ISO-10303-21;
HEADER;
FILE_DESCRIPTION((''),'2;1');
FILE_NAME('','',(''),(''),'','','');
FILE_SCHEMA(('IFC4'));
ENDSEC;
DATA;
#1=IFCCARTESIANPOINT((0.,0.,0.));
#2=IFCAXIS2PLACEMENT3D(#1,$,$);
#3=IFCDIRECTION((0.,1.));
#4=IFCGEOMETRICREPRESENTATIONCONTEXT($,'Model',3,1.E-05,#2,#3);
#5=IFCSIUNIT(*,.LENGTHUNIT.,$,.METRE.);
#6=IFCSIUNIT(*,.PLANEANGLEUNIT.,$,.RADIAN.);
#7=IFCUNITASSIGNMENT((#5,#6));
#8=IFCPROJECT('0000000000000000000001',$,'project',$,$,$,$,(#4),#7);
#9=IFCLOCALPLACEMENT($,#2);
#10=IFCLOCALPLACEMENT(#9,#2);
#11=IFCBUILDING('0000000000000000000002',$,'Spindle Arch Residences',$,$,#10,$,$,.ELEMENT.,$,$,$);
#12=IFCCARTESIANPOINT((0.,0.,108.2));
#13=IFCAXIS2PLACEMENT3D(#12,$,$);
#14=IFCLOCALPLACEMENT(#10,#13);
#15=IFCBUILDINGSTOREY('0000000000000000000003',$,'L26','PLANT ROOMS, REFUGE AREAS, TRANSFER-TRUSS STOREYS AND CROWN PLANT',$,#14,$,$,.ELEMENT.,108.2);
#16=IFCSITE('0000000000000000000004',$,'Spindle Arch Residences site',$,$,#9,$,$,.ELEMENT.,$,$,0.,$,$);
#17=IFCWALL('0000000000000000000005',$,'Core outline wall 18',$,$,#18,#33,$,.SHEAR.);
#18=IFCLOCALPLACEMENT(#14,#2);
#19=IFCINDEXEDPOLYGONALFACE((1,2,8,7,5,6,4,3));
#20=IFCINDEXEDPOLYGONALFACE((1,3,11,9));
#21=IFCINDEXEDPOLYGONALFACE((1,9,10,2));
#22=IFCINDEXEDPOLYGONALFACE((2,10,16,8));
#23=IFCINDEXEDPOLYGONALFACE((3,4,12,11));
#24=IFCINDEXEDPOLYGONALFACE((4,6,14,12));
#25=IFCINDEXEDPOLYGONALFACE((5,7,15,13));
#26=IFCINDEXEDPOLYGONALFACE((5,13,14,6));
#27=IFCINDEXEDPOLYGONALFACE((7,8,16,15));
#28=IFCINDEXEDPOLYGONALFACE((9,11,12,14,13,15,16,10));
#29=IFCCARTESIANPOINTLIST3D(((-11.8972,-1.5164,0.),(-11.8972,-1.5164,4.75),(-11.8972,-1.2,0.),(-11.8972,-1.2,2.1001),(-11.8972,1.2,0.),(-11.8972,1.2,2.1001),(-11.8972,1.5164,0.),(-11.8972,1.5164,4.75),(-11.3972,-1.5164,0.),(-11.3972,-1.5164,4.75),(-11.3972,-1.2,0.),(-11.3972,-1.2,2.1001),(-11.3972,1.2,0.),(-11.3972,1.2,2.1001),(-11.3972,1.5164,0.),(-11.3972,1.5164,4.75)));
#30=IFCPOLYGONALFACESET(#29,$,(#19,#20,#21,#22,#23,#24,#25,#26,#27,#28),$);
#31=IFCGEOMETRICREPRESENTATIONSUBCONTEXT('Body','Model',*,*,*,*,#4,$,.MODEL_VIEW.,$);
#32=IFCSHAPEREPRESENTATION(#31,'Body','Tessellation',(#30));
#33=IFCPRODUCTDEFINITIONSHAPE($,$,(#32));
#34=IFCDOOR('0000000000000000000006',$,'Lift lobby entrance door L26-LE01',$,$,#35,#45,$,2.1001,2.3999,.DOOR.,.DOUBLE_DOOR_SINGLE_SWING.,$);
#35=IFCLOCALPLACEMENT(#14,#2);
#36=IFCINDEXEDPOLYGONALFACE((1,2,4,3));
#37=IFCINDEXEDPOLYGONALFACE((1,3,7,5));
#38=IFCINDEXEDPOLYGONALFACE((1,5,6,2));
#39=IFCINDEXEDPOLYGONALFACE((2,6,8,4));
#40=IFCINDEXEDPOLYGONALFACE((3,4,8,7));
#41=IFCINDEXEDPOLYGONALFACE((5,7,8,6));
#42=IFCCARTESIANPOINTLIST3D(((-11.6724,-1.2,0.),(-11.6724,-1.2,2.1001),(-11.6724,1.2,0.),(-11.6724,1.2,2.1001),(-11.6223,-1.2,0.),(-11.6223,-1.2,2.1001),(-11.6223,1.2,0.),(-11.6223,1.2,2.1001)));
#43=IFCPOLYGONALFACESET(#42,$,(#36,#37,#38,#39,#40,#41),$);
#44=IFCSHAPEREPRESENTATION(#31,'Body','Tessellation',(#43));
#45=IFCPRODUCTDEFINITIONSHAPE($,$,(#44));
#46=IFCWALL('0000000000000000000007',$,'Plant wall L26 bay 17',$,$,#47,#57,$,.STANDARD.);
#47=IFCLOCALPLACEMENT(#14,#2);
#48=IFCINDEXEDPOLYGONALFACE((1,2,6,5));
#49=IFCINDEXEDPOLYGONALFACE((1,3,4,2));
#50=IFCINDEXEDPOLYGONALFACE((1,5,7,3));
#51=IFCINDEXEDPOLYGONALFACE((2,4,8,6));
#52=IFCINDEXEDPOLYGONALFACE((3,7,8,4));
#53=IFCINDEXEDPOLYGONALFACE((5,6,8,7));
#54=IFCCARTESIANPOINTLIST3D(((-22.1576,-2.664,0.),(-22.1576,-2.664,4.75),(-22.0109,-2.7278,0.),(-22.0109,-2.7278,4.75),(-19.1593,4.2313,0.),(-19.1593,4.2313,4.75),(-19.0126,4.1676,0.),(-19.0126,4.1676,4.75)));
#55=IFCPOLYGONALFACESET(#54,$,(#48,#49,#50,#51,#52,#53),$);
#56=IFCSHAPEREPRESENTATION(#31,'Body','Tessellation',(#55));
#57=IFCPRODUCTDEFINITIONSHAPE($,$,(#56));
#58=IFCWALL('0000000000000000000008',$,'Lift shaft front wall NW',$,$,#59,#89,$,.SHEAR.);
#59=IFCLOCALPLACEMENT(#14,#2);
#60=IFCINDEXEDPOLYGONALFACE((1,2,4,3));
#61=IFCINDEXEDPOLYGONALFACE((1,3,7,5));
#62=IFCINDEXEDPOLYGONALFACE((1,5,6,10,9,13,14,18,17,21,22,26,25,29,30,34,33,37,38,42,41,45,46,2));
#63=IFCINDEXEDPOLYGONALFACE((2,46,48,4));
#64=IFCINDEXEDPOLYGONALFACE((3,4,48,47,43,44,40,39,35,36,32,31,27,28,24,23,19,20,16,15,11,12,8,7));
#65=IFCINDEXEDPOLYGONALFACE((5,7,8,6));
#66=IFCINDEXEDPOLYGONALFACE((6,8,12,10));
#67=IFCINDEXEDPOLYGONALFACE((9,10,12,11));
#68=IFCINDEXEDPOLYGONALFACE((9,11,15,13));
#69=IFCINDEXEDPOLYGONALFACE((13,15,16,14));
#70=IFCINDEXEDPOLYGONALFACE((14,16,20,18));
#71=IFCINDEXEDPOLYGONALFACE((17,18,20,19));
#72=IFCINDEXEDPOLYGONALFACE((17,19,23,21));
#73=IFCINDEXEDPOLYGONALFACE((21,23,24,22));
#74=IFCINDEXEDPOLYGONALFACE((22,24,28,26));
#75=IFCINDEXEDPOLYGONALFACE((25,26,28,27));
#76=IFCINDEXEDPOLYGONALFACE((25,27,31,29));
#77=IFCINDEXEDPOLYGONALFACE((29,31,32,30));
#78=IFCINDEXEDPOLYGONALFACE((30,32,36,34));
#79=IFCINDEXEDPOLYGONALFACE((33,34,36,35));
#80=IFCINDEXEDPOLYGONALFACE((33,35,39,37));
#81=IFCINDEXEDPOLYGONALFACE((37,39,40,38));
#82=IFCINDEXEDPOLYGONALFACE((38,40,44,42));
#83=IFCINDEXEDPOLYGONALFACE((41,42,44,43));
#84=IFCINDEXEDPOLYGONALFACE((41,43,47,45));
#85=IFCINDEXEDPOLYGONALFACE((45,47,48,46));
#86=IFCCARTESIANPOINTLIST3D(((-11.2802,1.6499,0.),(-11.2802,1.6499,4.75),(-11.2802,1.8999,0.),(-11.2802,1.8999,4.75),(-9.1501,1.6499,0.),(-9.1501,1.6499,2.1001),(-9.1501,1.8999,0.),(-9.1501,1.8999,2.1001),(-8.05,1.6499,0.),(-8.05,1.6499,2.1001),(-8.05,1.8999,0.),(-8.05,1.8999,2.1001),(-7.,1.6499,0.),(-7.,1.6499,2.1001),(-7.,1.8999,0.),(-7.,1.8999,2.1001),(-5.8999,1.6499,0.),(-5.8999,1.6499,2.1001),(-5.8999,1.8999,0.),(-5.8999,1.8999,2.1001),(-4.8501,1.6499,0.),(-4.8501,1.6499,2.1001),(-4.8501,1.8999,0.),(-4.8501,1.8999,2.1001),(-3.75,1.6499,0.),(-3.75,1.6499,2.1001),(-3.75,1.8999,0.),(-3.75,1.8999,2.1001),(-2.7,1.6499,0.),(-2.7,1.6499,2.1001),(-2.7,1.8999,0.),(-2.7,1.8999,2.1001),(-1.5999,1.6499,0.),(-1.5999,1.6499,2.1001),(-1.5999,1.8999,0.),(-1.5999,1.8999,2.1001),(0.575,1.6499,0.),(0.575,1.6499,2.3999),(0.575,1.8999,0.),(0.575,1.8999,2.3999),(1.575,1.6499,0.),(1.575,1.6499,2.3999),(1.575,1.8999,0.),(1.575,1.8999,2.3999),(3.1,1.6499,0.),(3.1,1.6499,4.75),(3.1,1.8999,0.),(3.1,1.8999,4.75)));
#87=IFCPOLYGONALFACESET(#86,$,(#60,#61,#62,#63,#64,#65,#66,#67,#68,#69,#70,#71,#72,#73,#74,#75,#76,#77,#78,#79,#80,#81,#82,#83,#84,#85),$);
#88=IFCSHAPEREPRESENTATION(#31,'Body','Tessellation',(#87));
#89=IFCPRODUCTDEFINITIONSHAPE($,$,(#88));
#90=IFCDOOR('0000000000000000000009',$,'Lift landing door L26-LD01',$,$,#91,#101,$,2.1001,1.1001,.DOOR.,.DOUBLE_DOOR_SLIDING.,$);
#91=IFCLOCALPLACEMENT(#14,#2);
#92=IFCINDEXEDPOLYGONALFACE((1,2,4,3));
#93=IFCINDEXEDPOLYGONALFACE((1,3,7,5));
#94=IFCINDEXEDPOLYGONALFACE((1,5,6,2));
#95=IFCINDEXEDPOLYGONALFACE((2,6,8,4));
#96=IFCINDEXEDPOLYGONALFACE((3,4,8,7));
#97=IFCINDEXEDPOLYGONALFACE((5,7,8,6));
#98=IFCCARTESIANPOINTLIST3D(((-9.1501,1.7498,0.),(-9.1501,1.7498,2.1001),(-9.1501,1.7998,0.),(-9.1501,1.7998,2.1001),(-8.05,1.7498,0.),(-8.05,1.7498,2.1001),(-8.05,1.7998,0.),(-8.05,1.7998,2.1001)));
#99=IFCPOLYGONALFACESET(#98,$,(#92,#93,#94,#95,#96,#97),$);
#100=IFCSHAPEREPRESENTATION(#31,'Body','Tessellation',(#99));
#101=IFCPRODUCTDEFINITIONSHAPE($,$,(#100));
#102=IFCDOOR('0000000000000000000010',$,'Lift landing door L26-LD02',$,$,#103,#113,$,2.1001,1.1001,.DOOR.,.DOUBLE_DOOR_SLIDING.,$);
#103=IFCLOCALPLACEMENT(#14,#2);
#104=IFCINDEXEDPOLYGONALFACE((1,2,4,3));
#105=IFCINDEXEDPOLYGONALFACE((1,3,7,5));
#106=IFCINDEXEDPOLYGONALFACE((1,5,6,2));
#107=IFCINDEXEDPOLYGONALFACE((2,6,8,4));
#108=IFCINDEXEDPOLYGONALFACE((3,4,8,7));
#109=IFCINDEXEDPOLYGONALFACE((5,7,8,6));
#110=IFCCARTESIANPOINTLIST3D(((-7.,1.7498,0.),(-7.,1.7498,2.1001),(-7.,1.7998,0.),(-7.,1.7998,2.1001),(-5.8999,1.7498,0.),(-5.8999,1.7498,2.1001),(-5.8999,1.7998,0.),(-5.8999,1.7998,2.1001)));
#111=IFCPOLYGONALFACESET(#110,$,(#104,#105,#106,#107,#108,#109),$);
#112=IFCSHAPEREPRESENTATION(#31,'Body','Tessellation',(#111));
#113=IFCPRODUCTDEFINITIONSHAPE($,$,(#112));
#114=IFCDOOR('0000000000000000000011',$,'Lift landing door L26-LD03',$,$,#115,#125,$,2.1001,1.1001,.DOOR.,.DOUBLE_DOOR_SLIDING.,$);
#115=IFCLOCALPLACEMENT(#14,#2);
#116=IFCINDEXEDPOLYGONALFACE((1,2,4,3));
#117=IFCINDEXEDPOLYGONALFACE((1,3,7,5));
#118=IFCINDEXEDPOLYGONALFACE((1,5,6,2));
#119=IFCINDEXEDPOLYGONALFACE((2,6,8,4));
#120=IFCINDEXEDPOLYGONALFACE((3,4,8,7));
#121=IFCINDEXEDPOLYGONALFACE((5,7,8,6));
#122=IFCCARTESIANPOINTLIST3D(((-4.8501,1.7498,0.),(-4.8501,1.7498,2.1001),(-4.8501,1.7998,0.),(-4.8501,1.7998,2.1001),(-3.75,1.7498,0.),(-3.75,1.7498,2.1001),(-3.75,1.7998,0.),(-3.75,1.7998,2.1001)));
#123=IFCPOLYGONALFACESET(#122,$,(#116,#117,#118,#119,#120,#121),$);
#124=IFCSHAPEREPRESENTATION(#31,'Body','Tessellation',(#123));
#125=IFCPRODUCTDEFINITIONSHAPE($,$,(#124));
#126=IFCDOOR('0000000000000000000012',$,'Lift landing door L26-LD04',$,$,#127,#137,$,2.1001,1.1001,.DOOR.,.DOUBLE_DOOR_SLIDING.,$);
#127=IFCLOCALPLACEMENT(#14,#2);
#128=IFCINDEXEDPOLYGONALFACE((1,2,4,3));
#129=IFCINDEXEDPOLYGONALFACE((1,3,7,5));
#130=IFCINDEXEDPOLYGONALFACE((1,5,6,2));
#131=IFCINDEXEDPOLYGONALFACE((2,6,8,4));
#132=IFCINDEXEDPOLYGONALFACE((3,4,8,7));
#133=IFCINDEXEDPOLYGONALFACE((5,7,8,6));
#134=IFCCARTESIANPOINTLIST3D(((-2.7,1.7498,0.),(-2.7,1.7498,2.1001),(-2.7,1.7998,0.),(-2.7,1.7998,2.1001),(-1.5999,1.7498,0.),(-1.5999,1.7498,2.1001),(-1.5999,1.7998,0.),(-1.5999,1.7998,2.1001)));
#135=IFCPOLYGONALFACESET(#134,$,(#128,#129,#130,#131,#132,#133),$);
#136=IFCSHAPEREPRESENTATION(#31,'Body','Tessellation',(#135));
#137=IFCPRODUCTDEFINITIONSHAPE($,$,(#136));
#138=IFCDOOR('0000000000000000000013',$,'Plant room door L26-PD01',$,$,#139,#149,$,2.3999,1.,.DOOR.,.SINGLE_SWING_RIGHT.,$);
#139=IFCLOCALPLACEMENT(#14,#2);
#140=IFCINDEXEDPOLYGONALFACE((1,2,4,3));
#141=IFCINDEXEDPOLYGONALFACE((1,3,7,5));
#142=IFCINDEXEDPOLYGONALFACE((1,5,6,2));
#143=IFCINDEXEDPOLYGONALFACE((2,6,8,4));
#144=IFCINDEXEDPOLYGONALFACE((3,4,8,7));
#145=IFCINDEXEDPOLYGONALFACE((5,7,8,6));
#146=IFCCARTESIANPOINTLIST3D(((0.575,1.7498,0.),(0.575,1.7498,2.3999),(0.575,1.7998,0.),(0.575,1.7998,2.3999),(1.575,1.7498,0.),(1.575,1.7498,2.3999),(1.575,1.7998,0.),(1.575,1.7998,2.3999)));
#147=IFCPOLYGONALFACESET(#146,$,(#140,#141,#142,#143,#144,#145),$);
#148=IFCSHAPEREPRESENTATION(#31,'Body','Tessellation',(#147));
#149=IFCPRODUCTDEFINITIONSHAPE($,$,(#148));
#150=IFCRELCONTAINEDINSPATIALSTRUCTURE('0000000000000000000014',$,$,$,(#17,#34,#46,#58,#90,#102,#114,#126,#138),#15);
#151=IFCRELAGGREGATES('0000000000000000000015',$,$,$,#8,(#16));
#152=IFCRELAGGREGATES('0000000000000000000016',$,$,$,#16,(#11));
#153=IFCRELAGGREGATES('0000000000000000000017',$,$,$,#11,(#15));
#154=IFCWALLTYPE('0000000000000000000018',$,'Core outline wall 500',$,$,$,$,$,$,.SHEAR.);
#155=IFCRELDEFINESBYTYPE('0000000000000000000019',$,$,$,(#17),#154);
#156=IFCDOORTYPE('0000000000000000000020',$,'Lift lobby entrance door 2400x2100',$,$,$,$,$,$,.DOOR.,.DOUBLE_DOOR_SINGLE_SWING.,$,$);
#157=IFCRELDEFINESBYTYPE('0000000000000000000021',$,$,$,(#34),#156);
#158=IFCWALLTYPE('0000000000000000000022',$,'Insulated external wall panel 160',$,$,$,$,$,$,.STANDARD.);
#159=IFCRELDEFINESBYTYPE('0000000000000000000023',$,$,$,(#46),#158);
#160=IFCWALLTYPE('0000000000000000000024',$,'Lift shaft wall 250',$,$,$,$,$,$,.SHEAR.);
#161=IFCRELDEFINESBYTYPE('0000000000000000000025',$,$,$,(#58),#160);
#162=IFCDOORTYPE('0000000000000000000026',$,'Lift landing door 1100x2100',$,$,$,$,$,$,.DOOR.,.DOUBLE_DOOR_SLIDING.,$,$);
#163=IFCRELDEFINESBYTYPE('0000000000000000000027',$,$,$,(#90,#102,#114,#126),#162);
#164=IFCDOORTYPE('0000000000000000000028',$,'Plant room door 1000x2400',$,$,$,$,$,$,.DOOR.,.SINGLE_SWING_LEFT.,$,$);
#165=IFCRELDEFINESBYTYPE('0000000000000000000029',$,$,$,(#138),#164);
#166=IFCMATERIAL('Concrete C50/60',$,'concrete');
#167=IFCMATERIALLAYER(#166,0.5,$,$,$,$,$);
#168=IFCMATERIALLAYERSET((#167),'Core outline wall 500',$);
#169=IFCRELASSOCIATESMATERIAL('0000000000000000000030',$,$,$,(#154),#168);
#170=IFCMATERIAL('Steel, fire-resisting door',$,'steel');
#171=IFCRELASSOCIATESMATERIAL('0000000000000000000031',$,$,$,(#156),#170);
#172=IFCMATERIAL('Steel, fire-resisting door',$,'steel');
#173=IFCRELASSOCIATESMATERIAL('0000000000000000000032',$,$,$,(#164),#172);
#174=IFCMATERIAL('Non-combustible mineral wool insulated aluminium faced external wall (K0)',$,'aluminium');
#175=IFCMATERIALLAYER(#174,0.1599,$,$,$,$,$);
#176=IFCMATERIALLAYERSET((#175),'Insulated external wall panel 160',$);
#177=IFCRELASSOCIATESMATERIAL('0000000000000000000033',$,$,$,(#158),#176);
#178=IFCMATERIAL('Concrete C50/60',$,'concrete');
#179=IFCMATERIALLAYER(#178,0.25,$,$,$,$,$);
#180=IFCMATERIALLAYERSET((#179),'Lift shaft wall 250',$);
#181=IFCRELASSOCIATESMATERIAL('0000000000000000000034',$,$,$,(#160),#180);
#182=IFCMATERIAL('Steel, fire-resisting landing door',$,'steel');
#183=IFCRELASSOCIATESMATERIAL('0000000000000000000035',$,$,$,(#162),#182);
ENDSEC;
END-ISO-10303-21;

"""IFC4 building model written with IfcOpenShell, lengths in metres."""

from ifc_helpers import new_model, si_unit, direction, frame, frame_2d, origin, place, context, subcontext, project, spatial, rectangle, extrude, material, layer, layer_set, type_object, element, fill, save


model = new_model("IFC4")

# Units and contexts
model_context = context("Model", 3, precision=1e-05, world=origin(), true_north=direction((0.0, 1.0)))
body_context = subcontext(model_context, "Body", "Model", "MODEL_VIEW")
ifc_project = project(units=[si_unit("LENGTHUNIT", "METRE"), si_unit("PLANEANGLEUNIT", "RADIAN")], contexts=[model_context])

# Site, building, storey
site_placement = place(None, origin())
site = spatial("IfcSite", under=ifc_project, at=site_placement, Name="Spindle Arch Residences site", CompositionType="ELEMENT", RefElevation=0.0)
building_placement = place(site_placement, origin())
building = spatial("IfcBuilding", under=site, at=building_placement, Name="Spindle Arch Residences", CompositionType="ELEMENT")
storey_placement = place(building_placement, frame((0.0, 0.0, 108.2)))
storey = spatial("IfcBuildingStorey", under=building, at=storey_placement, Name="L26", Description="PLANT ROOMS, REFUGE AREAS, TRANSFER-TRUSS STOREYS AND CROWN PLANT", CompositionType="ELEMENT", Elevation=108.2)

# Shared definitions
ifc_material_1 = material(Name="Concrete C50/60", Category="concrete")
ifc_layer_1 = layer(ifc_material_1, 0.5)
ifc_layer_set_1 = layer_set([ifc_layer_1], Name="Core outline wall 500")
wall_type_1 = type_object("IfcWallType", Name="Core outline wall 500", PredefinedType="SHEAR", material=ifc_layer_set_1)

# Wall, opening, door
wall_1_placement = place(storey_placement, frame((-11.6472, 1.5164, 0.0), z_axis=(0.0, 0.0, 1.0), x_axis=(0.0, -1.0, 0.0)))
wall_1 = element("IfcWall", 1, at=wall_1_placement, inside=storey, type_object=wall_type_1, Name="Core outline wall 18", PredefinedType="SHEAR", context=body_context, shape_type="SweptSolid", body=[
    extrude(rectangle(XDim=3.0327, YDim=0.5, at=frame_2d((1.5164, 0.0))), origin(), (0.0, 0.0, 1.0), 4.75),
])
opening_1_placement = place(wall_1_placement, frame((0.3164, 0.0, 0.0)))
opening_1 = element("IfcOpeningElement", 2, at=opening_1_placement, cuts=wall_1, PredefinedType="OPENING", context=body_context, shape_type="SweptSolid", body=[
    extrude(rectangle(XDim=2.3999, YDim=2.1001, at=frame_2d((1.2, 1.05))), frame((0.0, 0.26, 0.0), z_axis=(0.0, -1.0, 0.0), x_axis=(1.0, 0.0, 0.0)), (0.0, 0.0, 1.0), 0.52),
])
ifc_material_2 = material(Name="Steel, fire-resisting door", Category="steel")
door_type_1 = type_object("IfcDoorType", Name="Lift lobby entrance door 2400x2100", OperationType="DOUBLE_DOOR_SINGLE_SWING", PredefinedType="DOOR", material=ifc_material_2)
door_1_placement = place(opening_1_placement, origin())
door_1 = element("IfcDoor", 3, at=door_1_placement, inside=storey, type_object=door_type_1, Name="Lift lobby entrance door L26-LE01", OperationType="DOUBLE_DOOR_SINGLE_SWING", OverallHeight=2.1001, OverallWidth=2.3999, PredefinedType="DOOR", context=body_context, shape_type="SweptSolid", body=[
    extrude(rectangle(XDim=2.3999, YDim=2.1001, at=frame_2d((1.2, 1.05))), frame((0.0, 0.0249, 0.0), z_axis=(0.0, -1.0, 0.0), x_axis=(1.0, 0.0, 0.0)), (0.0, 0.0, 1.0), 0.05),
])
fill(opening_1, door_1)
ifc_material_3 = material(Name="Steel, fire-resisting door", Category="steel")
door_type_2 = type_object("IfcDoorType", Name="Plant room door 1000x2400", OperationType="SINGLE_SWING_LEFT", PredefinedType="DOOR", material=ifc_material_3)

# Wall
ifc_material_4 = material(Name="Non-combustible mineral wool insulated aluminium faced external wall (K0)", Category="aluminium")
ifc_layer_2 = layer(ifc_material_4, 0.1599)
ifc_layer_set_2 = layer_set([ifc_layer_2], Name="Insulated external wall panel 160")
wall_type_2 = type_object("IfcWallType", Name="Insulated external wall panel 160", PredefinedType="STANDARD", material=ifc_layer_set_2)
wall_2_placement = place(storey_placement, frame((-19.0859, 4.1995, 0.0), z_axis=(0.0, 0.0, 1.0), x_axis=(-0.398765, -0.917053, 0.0)))
element("IfcWall", 4, at=wall_2_placement, inside=storey, type_object=wall_type_2, Name="Plant wall L26 bay 17", PredefinedType="STANDARD", context=body_context, shape_type="SweptSolid", body=[
    extrude(rectangle(XDim=7.519, YDim=0.1599, at=frame_2d((3.7595, 0.0))), origin(), (0.0, 0.0, 1.0), 4.75),
])

# Wall, openings, doors
ifc_material_5 = material(Name="Concrete C50/60", Category="concrete")
ifc_layer_3 = layer(ifc_material_5, 0.25)
ifc_layer_set_3 = layer_set([ifc_layer_3], Name="Lift shaft wall 250")
wall_type_3 = type_object("IfcWallType", Name="Lift shaft wall 250", PredefinedType="SHEAR", material=ifc_layer_set_3)
wall_3_placement = place(storey_placement, frame((-11.28, 1.7749, 0.0), z_axis=(0.0, 0.0, 1.0), x_axis=(1.0, 0.0, 0.0)))
wall_3 = element("IfcWall", 5, at=wall_3_placement, inside=storey, type_object=wall_type_3, Name="Lift shaft front wall NW", PredefinedType="SHEAR", context=body_context, shape_type="SweptSolid", body=[
    extrude(rectangle(XDim=14.3801, YDim=0.25, at=frame_2d((7.1899, 0.0))), origin(), (0.0, 0.0, 1.0), 4.75),
])
opening_2_placement = place(wall_3_placement, frame((2.1299, 0.0, 0.0)))
opening_2 = element("IfcOpeningElement", 6, at=opening_2_placement, cuts=wall_3, PredefinedType="OPENING", context=body_context, shape_type="SweptSolid", body=[
    extrude(rectangle(XDim=1.1001, YDim=2.1001, at=frame_2d((0.55, 1.05))), frame((0.0, 0.135, 0.0), z_axis=(0.0, -1.0, 0.0), x_axis=(1.0, 0.0, 0.0)), (0.0, 0.0, 1.0), 0.27),
])
opening_3_placement = place(wall_3_placement, frame((4.28, 0.0, 0.0)))
opening_3 = element("IfcOpeningElement", 7, at=opening_3_placement, cuts=wall_3, PredefinedType="OPENING", context=body_context, shape_type="SweptSolid", body=[
    extrude(rectangle(XDim=1.1001, YDim=2.1001, at=frame_2d((0.55, 1.05))), frame((0.0, 0.135, 0.0), z_axis=(0.0, -1.0, 0.0), x_axis=(1.0, 0.0, 0.0)), (0.0, 0.0, 1.0), 0.27),
])
opening_4_placement = place(wall_3_placement, frame((6.4299, 0.0, 0.0)))
opening_4 = element("IfcOpeningElement", 8, at=opening_4_placement, cuts=wall_3, PredefinedType="OPENING", context=body_context, shape_type="SweptSolid", body=[
    extrude(rectangle(XDim=1.1001, YDim=2.1001, at=frame_2d((0.55, 1.05))), frame((0.0, 0.135, 0.0), z_axis=(0.0, -1.0, 0.0), x_axis=(1.0, 0.0, 0.0)), (0.0, 0.0, 1.0), 0.27),
])
opening_5_placement = place(wall_3_placement, frame((8.5801, 0.0, 0.0)))
opening_5 = element("IfcOpeningElement", 9, at=opening_5_placement, cuts=wall_3, PredefinedType="OPENING", context=body_context, shape_type="SweptSolid", body=[
    extrude(rectangle(XDim=1.1001, YDim=2.1001, at=frame_2d((0.55, 1.05))), frame((0.0, 0.135, 0.0), z_axis=(0.0, -1.0, 0.0), x_axis=(1.0, 0.0, 0.0)), (0.0, 0.0, 1.0), 0.27),
])
opening_6_placement = place(wall_3_placement, frame((11.855, 0.0, 0.0)))
opening_6 = element("IfcOpeningElement", 10, at=opening_6_placement, cuts=wall_3, PredefinedType="OPENING", context=body_context, shape_type="SweptSolid", body=[
    extrude(rectangle(XDim=1.0, YDim=2.3999, at=frame_2d((0.5, 1.2))), frame((0.0, 0.135, 0.0), z_axis=(0.0, -1.0, 0.0), x_axis=(1.0, 0.0, 0.0)), (0.0, 0.0, 1.0), 0.27),
])
ifc_material_6 = material(Name="Steel, fire-resisting landing door", Category="steel")
door_type_3 = type_object("IfcDoorType", Name="Lift landing door 1100x2100", OperationType="DOUBLE_DOOR_SLIDING", PredefinedType="DOOR", material=ifc_material_6)
door_2_placement = place(opening_2_placement, origin())
door_2 = element("IfcDoor", 11, at=door_2_placement, inside=storey, type_object=door_type_3, Name="Lift landing door L26-LD01", OperationType="DOUBLE_DOOR_SLIDING", OverallHeight=2.1001, OverallWidth=1.1001, PredefinedType="DOOR", context=body_context, shape_type="SweptSolid", body=[
    extrude(rectangle(XDim=1.1001, YDim=2.1001, at=frame_2d((0.55, 1.05))), frame((0.0, 0.0249, 0.0), z_axis=(0.0, -1.0, 0.0), x_axis=(1.0, 0.0, 0.0)), (0.0, 0.0, 1.0), 0.05),
])
fill(opening_2, door_2)
door_3_placement = place(opening_3_placement, origin())
door_3 = element("IfcDoor", 12, at=door_3_placement, inside=storey, type_object=door_type_3, Name="Lift landing door L26-LD02", OperationType="DOUBLE_DOOR_SLIDING", OverallHeight=2.1001, OverallWidth=1.1001, PredefinedType="DOOR", context=body_context, shape_type="SweptSolid", body=[
    extrude(rectangle(XDim=1.1001, YDim=2.1001, at=frame_2d((0.55, 1.05))), frame((0.0, 0.0249, 0.0), z_axis=(0.0, -1.0, 0.0), x_axis=(1.0, 0.0, 0.0)), (0.0, 0.0, 1.0), 0.05),
])
fill(opening_3, door_3)
door_4_placement = place(opening_4_placement, origin())
door_4 = element("IfcDoor", 13, at=door_4_placement, inside=storey, type_object=door_type_3, Name="Lift landing door L26-LD03", OperationType="DOUBLE_DOOR_SLIDING", OverallHeight=2.1001, OverallWidth=1.1001, PredefinedType="DOOR", context=body_context, shape_type="SweptSolid", body=[
    extrude(rectangle(XDim=1.1001, YDim=2.1001, at=frame_2d((0.55, 1.05))), frame((0.0, 0.0249, 0.0), z_axis=(0.0, -1.0, 0.0), x_axis=(1.0, 0.0, 0.0)), (0.0, 0.0, 1.0), 0.05),
])
fill(opening_4, door_4)
door_5_placement = place(opening_5_placement, origin())
door_5 = element("IfcDoor", 14, at=door_5_placement, inside=storey, type_object=door_type_3, Name="Lift landing door L26-LD04", OperationType="DOUBLE_DOOR_SLIDING", OverallHeight=2.1001, OverallWidth=1.1001, PredefinedType="DOOR", context=body_context, shape_type="SweptSolid", body=[
    extrude(rectangle(XDim=1.1001, YDim=2.1001, at=frame_2d((0.55, 1.05))), frame((0.0, 0.0249, 0.0), z_axis=(0.0, -1.0, 0.0), x_axis=(1.0, 0.0, 0.0)), (0.0, 0.0, 1.0), 0.05),
])
fill(opening_5, door_5)
door_6_placement = place(opening_6_placement, origin())
door_6 = element("IfcDoor", 15, at=door_6_placement, inside=storey, type_object=door_type_2, Name="Plant room door L26-PD01", OperationType="SINGLE_SWING_RIGHT", OverallHeight=2.3999, OverallWidth=1.0, PredefinedType="DOOR", context=body_context, shape_type="SweptSolid", body=[
    extrude(rectangle(XDim=1.0, YDim=2.3999, at=frame_2d((0.5, 1.2))), frame((0.0, 0.0249, 0.0), z_axis=(0.0, -1.0, 0.0), x_axis=(1.0, 0.0, 0.0)), (0.0, 0.0, 1.0), 0.05),
])
fill(opening_6, door_6)

save(model, "model.ifc")
